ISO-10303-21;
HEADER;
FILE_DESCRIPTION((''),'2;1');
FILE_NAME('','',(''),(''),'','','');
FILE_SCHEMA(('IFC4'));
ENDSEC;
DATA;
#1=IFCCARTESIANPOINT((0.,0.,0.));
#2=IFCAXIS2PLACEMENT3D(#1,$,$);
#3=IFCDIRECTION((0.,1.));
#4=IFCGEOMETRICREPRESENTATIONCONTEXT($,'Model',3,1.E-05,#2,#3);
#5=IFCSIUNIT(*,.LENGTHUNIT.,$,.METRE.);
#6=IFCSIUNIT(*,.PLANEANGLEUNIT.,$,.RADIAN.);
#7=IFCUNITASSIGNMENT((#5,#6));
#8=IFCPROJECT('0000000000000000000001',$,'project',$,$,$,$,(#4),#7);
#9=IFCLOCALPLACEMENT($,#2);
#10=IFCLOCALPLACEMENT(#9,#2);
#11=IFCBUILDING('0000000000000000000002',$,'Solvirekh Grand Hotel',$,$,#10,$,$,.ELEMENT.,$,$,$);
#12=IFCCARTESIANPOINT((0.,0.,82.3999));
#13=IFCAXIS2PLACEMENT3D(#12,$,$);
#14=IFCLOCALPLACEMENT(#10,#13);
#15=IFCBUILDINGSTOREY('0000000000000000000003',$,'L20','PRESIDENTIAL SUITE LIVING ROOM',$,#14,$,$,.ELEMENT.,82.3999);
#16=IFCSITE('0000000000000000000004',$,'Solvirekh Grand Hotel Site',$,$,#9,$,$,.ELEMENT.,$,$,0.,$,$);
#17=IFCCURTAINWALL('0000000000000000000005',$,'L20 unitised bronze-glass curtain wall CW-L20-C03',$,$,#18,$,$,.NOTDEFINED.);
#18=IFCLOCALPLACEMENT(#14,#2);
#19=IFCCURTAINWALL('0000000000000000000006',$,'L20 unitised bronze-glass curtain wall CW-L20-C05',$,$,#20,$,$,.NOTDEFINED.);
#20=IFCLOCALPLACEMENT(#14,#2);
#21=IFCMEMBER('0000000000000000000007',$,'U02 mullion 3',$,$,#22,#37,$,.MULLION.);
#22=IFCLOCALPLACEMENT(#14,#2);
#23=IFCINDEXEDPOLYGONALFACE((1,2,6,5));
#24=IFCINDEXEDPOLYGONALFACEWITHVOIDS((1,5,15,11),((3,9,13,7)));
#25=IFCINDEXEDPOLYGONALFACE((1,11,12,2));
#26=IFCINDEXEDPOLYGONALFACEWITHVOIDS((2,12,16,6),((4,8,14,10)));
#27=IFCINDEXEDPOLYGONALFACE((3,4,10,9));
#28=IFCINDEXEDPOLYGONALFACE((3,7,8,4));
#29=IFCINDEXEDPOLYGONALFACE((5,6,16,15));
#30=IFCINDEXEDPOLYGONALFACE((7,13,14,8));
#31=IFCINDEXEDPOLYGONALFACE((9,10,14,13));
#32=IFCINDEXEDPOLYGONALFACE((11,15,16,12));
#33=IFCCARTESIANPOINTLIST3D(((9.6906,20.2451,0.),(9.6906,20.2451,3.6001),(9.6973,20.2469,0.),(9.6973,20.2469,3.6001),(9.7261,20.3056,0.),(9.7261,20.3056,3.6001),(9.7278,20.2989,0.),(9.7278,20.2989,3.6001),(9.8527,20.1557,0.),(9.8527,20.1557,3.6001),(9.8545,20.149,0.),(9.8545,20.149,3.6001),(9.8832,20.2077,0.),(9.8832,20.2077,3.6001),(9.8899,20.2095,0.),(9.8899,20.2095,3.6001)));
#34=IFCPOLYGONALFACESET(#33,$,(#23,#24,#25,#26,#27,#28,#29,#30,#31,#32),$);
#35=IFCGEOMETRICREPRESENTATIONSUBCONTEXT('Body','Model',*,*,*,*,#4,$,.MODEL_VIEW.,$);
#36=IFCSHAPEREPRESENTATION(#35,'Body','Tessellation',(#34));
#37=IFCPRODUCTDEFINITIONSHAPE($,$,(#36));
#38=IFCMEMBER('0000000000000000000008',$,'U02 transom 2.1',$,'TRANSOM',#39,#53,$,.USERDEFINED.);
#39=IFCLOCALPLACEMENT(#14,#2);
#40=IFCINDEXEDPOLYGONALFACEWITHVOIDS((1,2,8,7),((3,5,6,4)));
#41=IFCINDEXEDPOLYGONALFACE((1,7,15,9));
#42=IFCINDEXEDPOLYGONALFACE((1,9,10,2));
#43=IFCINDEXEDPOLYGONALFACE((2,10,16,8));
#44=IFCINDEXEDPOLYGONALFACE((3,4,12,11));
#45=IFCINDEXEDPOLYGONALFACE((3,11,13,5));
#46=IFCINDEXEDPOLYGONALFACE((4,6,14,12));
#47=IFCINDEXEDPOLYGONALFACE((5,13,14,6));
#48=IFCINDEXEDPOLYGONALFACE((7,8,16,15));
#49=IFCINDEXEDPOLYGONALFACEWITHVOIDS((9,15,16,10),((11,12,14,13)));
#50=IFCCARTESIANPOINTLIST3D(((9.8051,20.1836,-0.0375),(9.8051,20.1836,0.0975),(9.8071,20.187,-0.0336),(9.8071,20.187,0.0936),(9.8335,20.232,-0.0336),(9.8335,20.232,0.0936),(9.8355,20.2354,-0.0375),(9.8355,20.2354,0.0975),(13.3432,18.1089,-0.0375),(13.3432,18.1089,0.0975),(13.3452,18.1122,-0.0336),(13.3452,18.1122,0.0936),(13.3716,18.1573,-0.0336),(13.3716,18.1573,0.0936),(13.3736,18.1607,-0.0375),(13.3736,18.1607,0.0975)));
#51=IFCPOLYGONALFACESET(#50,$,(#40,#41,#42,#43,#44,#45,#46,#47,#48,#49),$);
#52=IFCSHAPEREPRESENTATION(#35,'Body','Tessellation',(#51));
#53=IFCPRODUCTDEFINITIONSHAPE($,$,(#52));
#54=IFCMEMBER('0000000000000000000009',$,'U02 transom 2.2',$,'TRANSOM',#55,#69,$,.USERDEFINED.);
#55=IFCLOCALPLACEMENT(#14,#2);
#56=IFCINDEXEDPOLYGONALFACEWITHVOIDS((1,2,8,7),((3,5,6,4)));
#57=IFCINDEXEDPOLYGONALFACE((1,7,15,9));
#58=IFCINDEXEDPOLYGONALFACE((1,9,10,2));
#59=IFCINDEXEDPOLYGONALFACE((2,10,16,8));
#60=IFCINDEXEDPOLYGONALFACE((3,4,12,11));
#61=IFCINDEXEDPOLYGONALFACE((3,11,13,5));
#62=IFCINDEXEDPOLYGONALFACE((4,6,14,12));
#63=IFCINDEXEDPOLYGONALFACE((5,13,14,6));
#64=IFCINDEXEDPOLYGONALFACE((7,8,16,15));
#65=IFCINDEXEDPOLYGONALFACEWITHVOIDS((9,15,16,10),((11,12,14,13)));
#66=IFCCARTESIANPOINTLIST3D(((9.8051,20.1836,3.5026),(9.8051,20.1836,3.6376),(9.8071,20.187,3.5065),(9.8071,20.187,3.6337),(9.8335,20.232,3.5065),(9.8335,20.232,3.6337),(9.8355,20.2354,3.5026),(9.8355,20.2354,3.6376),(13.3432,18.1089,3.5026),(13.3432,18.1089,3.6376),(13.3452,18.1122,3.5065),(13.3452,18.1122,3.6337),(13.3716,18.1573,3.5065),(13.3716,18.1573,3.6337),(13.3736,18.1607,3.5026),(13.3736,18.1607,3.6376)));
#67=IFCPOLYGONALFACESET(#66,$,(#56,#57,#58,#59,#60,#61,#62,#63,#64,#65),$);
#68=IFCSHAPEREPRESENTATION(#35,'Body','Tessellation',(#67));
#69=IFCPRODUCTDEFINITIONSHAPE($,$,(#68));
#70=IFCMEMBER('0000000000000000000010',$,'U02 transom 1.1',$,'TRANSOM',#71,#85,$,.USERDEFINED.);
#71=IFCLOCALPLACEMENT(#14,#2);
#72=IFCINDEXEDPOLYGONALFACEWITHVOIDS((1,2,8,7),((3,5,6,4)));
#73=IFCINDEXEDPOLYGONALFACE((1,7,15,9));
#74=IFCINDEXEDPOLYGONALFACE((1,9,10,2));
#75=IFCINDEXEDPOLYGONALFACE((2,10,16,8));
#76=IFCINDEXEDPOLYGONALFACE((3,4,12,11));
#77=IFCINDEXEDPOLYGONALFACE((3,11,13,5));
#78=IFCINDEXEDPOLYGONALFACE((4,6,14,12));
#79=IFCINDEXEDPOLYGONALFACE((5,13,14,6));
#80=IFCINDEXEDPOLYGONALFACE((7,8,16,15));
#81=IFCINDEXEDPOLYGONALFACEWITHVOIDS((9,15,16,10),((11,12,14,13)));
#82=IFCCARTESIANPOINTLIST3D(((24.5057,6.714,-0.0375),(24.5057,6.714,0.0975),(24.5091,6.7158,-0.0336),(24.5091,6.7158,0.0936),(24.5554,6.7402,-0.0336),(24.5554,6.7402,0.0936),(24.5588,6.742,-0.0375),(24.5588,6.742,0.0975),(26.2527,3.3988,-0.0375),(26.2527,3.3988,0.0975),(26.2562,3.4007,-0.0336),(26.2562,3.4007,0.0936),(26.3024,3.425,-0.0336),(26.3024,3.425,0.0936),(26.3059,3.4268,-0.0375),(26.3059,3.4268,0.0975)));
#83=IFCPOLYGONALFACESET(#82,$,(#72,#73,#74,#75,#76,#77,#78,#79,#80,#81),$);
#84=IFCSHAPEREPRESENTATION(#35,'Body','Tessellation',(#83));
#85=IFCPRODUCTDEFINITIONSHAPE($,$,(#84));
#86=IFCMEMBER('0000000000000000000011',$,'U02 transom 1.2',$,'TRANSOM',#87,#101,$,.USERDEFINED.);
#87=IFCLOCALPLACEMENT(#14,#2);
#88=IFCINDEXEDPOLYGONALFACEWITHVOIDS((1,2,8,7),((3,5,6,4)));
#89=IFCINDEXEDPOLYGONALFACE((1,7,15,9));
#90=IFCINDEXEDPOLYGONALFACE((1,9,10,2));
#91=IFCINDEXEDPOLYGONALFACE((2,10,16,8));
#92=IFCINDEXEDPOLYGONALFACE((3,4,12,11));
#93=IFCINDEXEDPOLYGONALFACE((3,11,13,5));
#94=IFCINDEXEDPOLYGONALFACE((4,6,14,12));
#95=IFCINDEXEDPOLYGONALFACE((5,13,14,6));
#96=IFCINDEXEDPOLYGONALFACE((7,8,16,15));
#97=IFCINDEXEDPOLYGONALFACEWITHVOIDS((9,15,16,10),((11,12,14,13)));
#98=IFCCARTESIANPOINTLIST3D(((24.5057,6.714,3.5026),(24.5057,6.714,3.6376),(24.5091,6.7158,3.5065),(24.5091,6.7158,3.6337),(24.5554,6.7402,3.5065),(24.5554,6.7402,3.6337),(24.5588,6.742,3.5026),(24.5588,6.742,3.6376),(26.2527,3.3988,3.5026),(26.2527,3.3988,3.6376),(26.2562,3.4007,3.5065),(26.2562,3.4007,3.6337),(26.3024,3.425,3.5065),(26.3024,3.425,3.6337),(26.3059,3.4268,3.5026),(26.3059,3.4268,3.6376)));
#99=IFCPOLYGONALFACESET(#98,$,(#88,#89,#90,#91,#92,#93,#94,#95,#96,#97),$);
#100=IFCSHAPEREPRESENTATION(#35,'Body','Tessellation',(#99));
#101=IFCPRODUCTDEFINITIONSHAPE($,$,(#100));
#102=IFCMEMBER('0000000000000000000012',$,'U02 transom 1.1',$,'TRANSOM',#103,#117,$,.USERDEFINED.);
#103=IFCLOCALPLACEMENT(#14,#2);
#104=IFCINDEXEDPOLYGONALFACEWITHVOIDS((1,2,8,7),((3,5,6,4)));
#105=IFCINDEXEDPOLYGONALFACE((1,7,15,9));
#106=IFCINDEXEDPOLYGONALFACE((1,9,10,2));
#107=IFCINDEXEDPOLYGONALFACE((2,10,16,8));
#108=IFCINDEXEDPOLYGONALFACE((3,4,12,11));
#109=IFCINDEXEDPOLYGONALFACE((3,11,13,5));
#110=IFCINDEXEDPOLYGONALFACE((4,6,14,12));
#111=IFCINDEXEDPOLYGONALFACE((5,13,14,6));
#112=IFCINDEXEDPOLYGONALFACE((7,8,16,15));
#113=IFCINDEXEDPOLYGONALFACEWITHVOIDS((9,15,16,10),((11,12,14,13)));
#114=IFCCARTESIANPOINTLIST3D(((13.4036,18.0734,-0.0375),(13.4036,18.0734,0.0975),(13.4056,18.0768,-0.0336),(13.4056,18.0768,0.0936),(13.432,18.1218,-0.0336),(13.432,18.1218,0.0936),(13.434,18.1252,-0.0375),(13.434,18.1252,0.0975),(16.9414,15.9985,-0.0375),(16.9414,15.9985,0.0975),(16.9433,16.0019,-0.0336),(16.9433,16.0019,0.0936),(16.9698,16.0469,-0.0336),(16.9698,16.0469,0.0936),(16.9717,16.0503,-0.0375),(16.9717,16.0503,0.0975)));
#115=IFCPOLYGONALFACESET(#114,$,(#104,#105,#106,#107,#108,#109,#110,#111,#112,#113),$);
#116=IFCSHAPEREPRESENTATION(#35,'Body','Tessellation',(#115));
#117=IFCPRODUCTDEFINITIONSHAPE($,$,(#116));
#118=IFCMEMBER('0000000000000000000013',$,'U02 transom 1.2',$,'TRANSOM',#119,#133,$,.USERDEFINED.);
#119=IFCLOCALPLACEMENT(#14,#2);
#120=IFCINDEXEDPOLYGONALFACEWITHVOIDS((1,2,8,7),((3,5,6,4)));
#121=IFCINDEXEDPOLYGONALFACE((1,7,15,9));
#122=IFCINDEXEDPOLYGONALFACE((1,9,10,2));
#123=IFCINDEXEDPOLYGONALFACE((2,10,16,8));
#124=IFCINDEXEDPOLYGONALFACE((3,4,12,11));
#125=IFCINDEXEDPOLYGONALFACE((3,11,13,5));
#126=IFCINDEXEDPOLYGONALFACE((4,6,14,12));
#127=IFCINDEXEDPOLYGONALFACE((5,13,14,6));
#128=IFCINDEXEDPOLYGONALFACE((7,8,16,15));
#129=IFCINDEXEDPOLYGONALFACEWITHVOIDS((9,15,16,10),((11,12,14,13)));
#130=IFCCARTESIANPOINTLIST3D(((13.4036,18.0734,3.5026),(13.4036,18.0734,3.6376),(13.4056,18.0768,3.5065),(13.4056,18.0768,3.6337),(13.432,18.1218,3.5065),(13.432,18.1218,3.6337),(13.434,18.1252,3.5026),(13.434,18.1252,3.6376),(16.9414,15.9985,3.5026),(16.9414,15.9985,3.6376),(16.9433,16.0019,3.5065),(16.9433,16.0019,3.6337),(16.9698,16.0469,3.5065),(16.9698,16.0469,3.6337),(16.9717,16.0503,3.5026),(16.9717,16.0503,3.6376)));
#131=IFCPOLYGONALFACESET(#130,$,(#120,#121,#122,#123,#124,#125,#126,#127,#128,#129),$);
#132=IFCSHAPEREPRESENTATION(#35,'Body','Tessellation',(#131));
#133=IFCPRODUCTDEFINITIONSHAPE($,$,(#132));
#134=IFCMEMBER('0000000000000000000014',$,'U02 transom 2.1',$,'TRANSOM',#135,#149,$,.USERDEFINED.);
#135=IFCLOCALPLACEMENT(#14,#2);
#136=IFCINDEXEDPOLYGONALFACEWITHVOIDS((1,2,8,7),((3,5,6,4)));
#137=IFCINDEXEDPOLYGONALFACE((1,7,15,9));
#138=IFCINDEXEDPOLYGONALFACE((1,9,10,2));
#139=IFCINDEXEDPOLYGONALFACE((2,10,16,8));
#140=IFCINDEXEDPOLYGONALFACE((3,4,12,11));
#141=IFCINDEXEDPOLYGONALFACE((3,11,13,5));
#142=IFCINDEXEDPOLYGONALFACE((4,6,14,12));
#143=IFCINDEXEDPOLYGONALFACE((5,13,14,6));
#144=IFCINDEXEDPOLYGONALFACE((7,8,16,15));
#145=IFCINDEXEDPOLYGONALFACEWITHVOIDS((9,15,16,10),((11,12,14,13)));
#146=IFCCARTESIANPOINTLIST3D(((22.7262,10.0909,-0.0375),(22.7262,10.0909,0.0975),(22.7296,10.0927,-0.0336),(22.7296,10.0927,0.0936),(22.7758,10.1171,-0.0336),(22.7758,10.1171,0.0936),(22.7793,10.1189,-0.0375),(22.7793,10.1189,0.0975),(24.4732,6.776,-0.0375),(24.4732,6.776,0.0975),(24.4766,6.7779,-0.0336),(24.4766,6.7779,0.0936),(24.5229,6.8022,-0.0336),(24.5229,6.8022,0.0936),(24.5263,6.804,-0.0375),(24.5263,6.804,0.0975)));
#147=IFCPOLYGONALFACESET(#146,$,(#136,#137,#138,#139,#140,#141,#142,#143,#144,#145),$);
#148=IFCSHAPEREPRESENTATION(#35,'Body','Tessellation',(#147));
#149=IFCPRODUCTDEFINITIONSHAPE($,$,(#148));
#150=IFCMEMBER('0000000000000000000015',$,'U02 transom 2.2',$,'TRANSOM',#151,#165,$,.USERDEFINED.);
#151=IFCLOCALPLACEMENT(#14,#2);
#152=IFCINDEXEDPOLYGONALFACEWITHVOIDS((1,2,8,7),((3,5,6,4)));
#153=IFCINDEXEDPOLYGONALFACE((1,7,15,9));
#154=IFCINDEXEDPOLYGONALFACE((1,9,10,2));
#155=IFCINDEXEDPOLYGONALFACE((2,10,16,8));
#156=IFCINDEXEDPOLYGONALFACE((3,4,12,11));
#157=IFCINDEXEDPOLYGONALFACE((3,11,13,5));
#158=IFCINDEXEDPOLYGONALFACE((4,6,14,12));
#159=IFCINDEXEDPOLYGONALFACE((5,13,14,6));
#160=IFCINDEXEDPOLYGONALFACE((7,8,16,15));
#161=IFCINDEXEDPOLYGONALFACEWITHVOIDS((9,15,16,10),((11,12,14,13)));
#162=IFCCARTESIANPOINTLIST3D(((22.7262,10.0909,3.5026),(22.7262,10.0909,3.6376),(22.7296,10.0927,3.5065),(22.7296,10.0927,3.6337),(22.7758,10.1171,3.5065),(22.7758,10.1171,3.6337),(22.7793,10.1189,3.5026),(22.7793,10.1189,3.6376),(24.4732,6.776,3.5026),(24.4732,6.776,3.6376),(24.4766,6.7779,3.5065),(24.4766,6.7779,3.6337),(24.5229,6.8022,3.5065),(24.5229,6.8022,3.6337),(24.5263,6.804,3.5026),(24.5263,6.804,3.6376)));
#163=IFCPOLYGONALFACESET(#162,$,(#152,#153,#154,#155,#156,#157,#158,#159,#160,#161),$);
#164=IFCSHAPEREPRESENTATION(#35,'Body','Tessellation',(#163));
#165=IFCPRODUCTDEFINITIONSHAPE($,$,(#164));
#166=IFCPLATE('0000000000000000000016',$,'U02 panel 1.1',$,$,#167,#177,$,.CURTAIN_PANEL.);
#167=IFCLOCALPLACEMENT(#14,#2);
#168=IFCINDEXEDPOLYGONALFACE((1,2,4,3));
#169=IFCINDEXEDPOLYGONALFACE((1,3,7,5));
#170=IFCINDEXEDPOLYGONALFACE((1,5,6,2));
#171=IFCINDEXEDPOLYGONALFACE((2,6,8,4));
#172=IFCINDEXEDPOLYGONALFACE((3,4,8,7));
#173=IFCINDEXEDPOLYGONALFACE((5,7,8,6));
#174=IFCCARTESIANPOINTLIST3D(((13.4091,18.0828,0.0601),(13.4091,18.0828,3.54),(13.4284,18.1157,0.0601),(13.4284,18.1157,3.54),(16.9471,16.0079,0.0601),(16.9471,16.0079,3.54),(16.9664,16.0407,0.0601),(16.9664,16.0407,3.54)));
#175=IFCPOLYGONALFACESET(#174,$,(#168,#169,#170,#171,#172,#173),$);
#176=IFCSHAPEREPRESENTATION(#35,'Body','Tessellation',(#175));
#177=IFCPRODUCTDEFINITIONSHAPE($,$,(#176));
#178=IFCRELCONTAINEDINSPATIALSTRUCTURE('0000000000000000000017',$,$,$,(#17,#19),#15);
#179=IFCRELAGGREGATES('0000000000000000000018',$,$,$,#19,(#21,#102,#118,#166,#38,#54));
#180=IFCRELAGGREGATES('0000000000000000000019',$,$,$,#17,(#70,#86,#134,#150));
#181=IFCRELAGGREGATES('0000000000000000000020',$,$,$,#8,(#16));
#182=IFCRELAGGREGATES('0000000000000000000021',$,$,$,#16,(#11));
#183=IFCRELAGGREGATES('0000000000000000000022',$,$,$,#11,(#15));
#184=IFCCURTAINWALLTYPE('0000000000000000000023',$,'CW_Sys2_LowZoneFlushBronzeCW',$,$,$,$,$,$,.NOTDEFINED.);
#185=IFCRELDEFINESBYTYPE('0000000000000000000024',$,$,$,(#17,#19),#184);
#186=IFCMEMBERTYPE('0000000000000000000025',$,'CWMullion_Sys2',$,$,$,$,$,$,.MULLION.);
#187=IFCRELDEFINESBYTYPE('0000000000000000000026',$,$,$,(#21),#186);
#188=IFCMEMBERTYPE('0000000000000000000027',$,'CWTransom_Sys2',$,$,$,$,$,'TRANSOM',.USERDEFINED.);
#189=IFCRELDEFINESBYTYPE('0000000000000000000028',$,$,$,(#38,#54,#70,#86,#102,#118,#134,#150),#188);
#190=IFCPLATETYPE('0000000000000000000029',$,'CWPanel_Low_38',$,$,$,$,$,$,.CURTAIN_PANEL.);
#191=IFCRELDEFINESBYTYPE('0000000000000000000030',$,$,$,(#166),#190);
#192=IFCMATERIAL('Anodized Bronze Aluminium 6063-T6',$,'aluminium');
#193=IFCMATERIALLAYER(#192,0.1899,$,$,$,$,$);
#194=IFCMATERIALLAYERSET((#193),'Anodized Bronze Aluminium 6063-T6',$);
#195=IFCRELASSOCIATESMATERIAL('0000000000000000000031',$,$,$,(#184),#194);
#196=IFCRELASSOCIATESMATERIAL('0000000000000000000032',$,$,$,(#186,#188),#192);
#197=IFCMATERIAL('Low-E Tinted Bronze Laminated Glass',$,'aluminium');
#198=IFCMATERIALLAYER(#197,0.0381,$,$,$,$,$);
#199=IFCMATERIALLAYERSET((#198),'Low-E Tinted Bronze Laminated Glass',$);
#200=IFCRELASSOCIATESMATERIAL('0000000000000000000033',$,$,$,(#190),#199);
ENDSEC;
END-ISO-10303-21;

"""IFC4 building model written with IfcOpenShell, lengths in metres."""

from ifc_helpers import new_model, si_unit, direction, frame, origin, origin_2d, place, context, subcontext, project, spatial, rectangle, hollow_rectangle, extrude, source, transform, mapped, material, layer, layer_set, material_profile, profile_set, type_object, element, aggregate, save


model = new_model("IFC4")

# Units and contexts
model_context = context("Model", 3, precision=1e-05, world=origin(), true_north=direction((0.0, 1.0)))
body_context = subcontext(model_context, "Body", "Model", "MODEL_VIEW")
ifc_project = project(units=[si_unit("LENGTHUNIT", "METRE"), si_unit("PLANEANGLEUNIT", "RADIAN")], contexts=[model_context])

# Site, building, storey
site_placement = place(None, origin())
site = spatial("IfcSite", under=ifc_project, at=site_placement, Name="Solvirekh Grand Hotel Site", CompositionType="ELEMENT", RefElevation=0.0)
building_placement = place(site_placement, origin())
building = spatial("IfcBuilding", under=site, at=building_placement, Name="Solvirekh Grand Hotel", CompositionType="ELEMENT")
storey_placement = place(building_placement, frame((0.0, 0.0, 82.3999)))
storey = spatial("IfcBuildingStorey", under=building, at=storey_placement, Name="L20", Description="PRESIDENTIAL SUITE LIVING ROOM", CompositionType="ELEMENT", Elevation=82.3999)

# Curtain walls, members
ifc_material_1 = material(Name="Anodized Bronze Aluminium 6063-T6", Category="aluminium")
ifc_layer_1 = layer(ifc_material_1, 0.1899)
ifc_layer_set_1 = layer_set([ifc_layer_1], Name="Anodized Bronze Aluminium 6063-T6")
curtain_wall_type = type_object("IfcCurtainWallType", Name="CW_Sys2_LowZoneFlushBronzeCW", PredefinedType="NOTDEFINED", material=ifc_layer_set_1)
curtain_wall_1_placement = place(storey_placement, origin())
curtain_wall_1 = element("IfcCurtainWall", 1, at=curtain_wall_1_placement, inside=storey, type_object=curtain_wall_type, Name="L20 unitised bronze-glass curtain wall CW-L20-C03", PredefinedType="NOTDEFINED")
ifc_material_profile_1 = material_profile(ifc_material_1, hollow_rectangle(XDim=0.0701, YDim=0.1899, WallThickness=0.0049, at=origin_2d()), Name="ALU RHS 190X70X5")
ifc_profile_set_1 = profile_set([ifc_material_profile_1], Name="Anodized Bronze Aluminium 6063-T6")
member_type_1 = type_object("IfcMemberType", Name="CWMullion_Sys2", PredefinedType="MULLION", material=ifc_profile_set_1)
shared_shape_1 = source(origin(), body_context, "Body", "SweptSolid", [
    extrude(hollow_rectangle(XDim=0.0701, YDim=0.1899, WallThickness=0.0049, at=origin_2d()), origin(), (0.0, 0.0, 1.0), 3.6001),
])
curtain_wall_2_placement = place(storey_placement, origin())
curtain_wall_2 = element("IfcCurtainWall", 2, at=curtain_wall_2_placement, inside=storey, type_object=curtain_wall_type, Name="L20 unitised bronze-glass curtain wall CW-L20-C05", PredefinedType="NOTDEFINED")
member_1_placement = place(storey_placement, frame((9.7903, 20.2273, 0.0), z_axis=(0.0, 0.0, 1.0), x_axis=(-0.505887, -0.8626, 0.0)))
member_1 = element("IfcMember", 3, at=member_1_placement, type_object=member_type_1, Name="U02 mullion 3", PredefinedType="MULLION", context=body_context, shape_type="MappedRepresentation", body=[
    mapped(shared_shape_1, transform((0.0, 0.0, 0.0), x_axis=(1.0, 0.0, 0.0), y_axis=(0.0, 1.0, 0.0), z_axis=(0.0, 0.0, 1.0), scale=1.0)),
])
ifc_material_profile_2 = material_profile(ifc_material_1, hollow_rectangle(XDim=0.0601, YDim=0.135, WallThickness=0.0039, at=origin_2d()), Name="ALU RHS 135X60X4")
ifc_profile_set_2 = profile_set([ifc_material_profile_2], Name="Anodized Bronze Aluminium 6063-T6")
member_type_2 = type_object("IfcMemberType", Name="CWTransom_Sys2", ElementType="TRANSOM", PredefinedType="USERDEFINED", material=ifc_profile_set_2)
shared_shape_2 = source(origin(), body_context, "Body", "SweptSolid", [
    extrude(hollow_rectangle(XDim=0.0601, YDim=0.135, WallThickness=0.0039, at=origin_2d()), origin(), (0.0, 0.0, 1.0), 4.1016),
])
member_2_placement = place(storey_placement, frame((13.3584, 18.1348, 0.03), z_axis=(-0.862628, 0.505839, 0.0), x_axis=(-0.505839, -0.862628, 0.0)))
member_2 = element("IfcMember", 4, at=member_2_placement, type_object=member_type_2, Name="U02 transom 2.1", ObjectType="TRANSOM", PredefinedType="USERDEFINED", context=body_context, shape_type="MappedRepresentation", body=[
    mapped(shared_shape_2, transform((0.0, 0.0, 0.0), x_axis=(1.0, 0.0, 0.0), y_axis=(0.0, 1.0, 0.0), z_axis=(0.0, 0.0, 1.0), scale=1.0)),
])
member_3_placement = place(storey_placement, frame((13.3584, 18.1348, 3.5701), z_axis=(-0.862628, 0.505839, 0.0), x_axis=(-0.505839, -0.862628, 0.0)))
member_3 = element("IfcMember", 5, at=member_3_placement, type_object=member_type_2, Name="U02 transom 2.2", ObjectType="TRANSOM", PredefinedType="USERDEFINED", context=body_context, shape_type="MappedRepresentation", body=[
    mapped(shared_shape_2, transform((0.0, 0.0, 0.0), x_axis=(1.0, 0.0, 0.0), y_axis=(0.0, 1.0, 0.0), z_axis=(0.0, 0.0, 1.0), scale=1.0)),
])

# Members
shared_shape_3 = source(origin(), body_context, "Body", "SweptSolid", [
    extrude(hollow_rectangle(XDim=0.0601, YDim=0.135, WallThickness=0.0039, at=origin_2d()), origin(), (0.0, 0.0, 1.0), 3.7473),
])
member_4_placement = place(storey_placement, frame((26.2793, 3.4128, 0.03), z_axis=(-0.466214, 0.884672, 0.0), x_axis=(-0.884672, -0.466214, 0.0)))
member_4 = element("IfcMember", 6, at=member_4_placement, type_object=member_type_2, Name="U02 transom 1.1", ObjectType="TRANSOM", PredefinedType="USERDEFINED", context=body_context, shape_type="MappedRepresentation", body=[
    mapped(shared_shape_3, transform((0.0, 0.0, 0.0), x_axis=(1.0, 0.0, 0.0), y_axis=(0.0, 1.0, 0.0), z_axis=(0.0, 0.0, 1.0), scale=1.0)),
])
member_5_placement = place(storey_placement, frame((26.2793, 3.4128, 3.5701), z_axis=(-0.466214, 0.884672, 0.0), x_axis=(-0.884672, -0.466214, 0.0)))
member_5 = element("IfcMember", 7, at=member_5_placement, type_object=member_type_2, Name="U02 transom 1.2", ObjectType="TRANSOM", PredefinedType="USERDEFINED", context=body_context, shape_type="MappedRepresentation", body=[
    mapped(shared_shape_3, transform((0.0, 0.0, 0.0), x_axis=(1.0, 0.0, 0.0), y_axis=(0.0, 1.0, 0.0), z_axis=(0.0, 0.0, 1.0), scale=1.0)),
])
shared_shape_4 = source(origin(), body_context, "Body", "SweptSolid", [
    extrude(hollow_rectangle(XDim=0.0601, YDim=0.135, WallThickness=0.0039, at=origin_2d()), origin(), (0.0, 0.0, 1.0), 4.1013),
])
member_6_placement = place(storey_placement, frame((16.9565, 16.0244, 0.03), z_axis=(-0.862587, 0.505909, 0.0), x_axis=(-0.505909, -0.862587, 0.0)))
member_6 = element("IfcMember", 8, at=member_6_placement, type_object=member_type_2, Name="U02 transom 1.1", ObjectType="TRANSOM", PredefinedType="USERDEFINED", context=body_context, shape_type="MappedRepresentation", body=[
    mapped(shared_shape_4, transform((0.0, 0.0, 0.0), x_axis=(1.0, 0.0, 0.0), y_axis=(0.0, 1.0, 0.0), z_axis=(0.0, 0.0, 1.0), scale=1.0)),
])
member_7_placement = place(storey_placement, frame((16.9565, 16.0244, 3.5701), z_axis=(-0.862587, 0.505909, 0.0), x_axis=(-0.505909, -0.862587, 0.0)))
member_7 = element("IfcMember", 9, at=member_7_placement, type_object=member_type_2, Name="U02 transom 1.2", ObjectType="TRANSOM", PredefinedType="USERDEFINED", context=body_context, shape_type="MappedRepresentation", body=[
    mapped(shared_shape_4, transform((0.0, 0.0, 0.0), x_axis=(1.0, 0.0, 0.0), y_axis=(0.0, 1.0, 0.0), z_axis=(0.0, 0.0, 1.0), scale=1.0)),
])
shared_shape_5 = source(origin(), body_context, "Body", "SweptSolid", [
    extrude(hollow_rectangle(XDim=0.0601, YDim=0.135, WallThickness=0.0039, at=origin_2d()), origin(), (0.0, 0.0, 1.0), 3.7471),
])
member_8_placement = place(storey_placement, frame((24.4998, 6.79, 0.03), z_axis=(-0.46624, 0.884658, 0.0), x_axis=(-0.884658, -0.46624, 0.0)))
member_8 = element("IfcMember", 10, at=member_8_placement, type_object=member_type_2, Name="U02 transom 2.1", ObjectType="TRANSOM", PredefinedType="USERDEFINED", context=body_context, shape_type="MappedRepresentation", body=[
    mapped(shared_shape_5, transform((0.0, 0.0, 0.0), x_axis=(1.0, 0.0, 0.0), y_axis=(0.0, 1.0, 0.0), z_axis=(0.0, 0.0, 1.0), scale=1.0)),
])
member_9_placement = place(storey_placement, frame((24.4998, 6.79, 3.5701), z_axis=(-0.46624, 0.884658, 0.0), x_axis=(-0.884658, -0.46624, 0.0)))
member_9 = element("IfcMember", 11, at=member_9_placement, type_object=member_type_2, Name="U02 transom 2.2", ObjectType="TRANSOM", PredefinedType="USERDEFINED", context=body_context, shape_type="MappedRepresentation", body=[
    mapped(shared_shape_5, transform((0.0, 0.0, 0.0), x_axis=(1.0, 0.0, 0.0), y_axis=(0.0, 1.0, 0.0), z_axis=(0.0, 0.0, 1.0), scale=1.0)),
])

# Plate
ifc_material_2 = material(Name="Low-E Tinted Bronze Laminated Glass", Category="aluminium")
ifc_layer_2 = layer(ifc_material_2, 0.0381)
ifc_layer_set_2 = layer_set([ifc_layer_2], Name="Low-E Tinted Bronze Laminated Glass")
plate_type = type_object("IfcPlateType", Name="CWPanel_Low_38", PredefinedType="CURTAIN_PANEL", material=ifc_layer_set_2)
shared_shape_6 = source(origin(), body_context, "Body", "SweptSolid", [
    extrude(rectangle(XDim=4.1016, YDim=0.0381, at=origin_2d()), origin(), (0.0, 0.0, 1.0), 3.48),
])
plate_1_placement = place(storey_placement, frame((15.1877, 17.0618, 0.0601), z_axis=(0.0, 0.0, 1.0), x_axis=(-0.8626, 0.505887, 0.0)))
plate_1 = element("IfcPlate", 12, at=plate_1_placement, type_object=plate_type, Name="U02 panel 1.1", PredefinedType="CURTAIN_PANEL", context=body_context, shape_type="MappedRepresentation", body=[
    mapped(shared_shape_6, transform((0.0, 0.0, 0.0), x_axis=(1.0, 0.0, 0.0), y_axis=(0.0, 1.0, 0.0), z_axis=(0.0, 0.0, 1.0), scale=1.0)),
])
aggregate(curtain_wall_2, [member_1, member_6, member_7, plate_1, member_2, member_3])
aggregate(curtain_wall_1, [member_4, member_5, member_8, member_9])

save(model, "model.ifc")
